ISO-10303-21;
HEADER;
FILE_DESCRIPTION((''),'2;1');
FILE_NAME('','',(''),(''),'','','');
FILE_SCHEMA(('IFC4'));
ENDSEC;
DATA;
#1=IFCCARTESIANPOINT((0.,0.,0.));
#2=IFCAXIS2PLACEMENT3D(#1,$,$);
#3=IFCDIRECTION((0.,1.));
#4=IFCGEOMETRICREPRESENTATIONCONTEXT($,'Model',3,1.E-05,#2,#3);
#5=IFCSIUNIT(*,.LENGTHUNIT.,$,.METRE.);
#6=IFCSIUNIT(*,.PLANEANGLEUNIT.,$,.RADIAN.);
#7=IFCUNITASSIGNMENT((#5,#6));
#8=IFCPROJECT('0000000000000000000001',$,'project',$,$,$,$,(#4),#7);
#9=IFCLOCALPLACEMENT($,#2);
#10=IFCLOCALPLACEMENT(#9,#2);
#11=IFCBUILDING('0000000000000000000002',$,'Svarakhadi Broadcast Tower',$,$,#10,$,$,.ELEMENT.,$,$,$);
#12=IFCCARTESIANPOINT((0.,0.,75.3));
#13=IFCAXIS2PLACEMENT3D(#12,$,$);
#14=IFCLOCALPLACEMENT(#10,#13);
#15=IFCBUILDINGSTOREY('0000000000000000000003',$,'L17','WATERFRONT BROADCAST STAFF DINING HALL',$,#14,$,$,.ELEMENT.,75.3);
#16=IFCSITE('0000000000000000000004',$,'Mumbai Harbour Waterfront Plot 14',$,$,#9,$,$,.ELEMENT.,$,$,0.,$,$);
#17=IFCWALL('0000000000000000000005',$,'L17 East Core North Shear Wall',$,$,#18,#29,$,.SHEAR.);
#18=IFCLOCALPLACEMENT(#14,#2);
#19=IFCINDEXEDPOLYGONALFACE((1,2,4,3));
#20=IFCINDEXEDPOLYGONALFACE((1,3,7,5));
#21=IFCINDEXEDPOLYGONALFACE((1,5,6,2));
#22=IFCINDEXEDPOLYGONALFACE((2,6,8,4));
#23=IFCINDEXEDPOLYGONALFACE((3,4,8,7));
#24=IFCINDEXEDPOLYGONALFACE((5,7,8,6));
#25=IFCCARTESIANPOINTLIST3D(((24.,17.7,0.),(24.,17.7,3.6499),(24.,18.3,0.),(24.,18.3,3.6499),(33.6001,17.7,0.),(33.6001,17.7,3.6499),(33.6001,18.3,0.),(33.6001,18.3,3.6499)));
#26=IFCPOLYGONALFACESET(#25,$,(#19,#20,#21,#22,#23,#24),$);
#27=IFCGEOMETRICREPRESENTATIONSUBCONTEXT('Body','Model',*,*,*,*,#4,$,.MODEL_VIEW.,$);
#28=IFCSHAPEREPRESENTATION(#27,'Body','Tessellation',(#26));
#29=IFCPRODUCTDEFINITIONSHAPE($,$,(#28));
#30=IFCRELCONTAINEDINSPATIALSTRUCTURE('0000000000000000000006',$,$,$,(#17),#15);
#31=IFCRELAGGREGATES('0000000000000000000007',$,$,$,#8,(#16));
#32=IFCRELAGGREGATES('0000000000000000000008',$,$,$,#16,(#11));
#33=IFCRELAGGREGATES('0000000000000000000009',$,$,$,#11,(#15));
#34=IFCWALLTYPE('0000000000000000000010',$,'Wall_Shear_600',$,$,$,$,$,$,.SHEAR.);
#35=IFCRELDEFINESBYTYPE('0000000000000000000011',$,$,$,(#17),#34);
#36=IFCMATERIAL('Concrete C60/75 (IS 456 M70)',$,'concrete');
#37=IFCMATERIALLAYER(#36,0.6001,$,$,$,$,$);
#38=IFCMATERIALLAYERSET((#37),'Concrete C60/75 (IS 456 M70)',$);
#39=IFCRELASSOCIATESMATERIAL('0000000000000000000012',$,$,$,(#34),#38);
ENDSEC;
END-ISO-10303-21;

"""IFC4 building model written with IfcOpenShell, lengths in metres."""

from ifc_helpers import new_model, si_unit, direction, frame, frame_2d, origin, place, context, subcontext, project, spatial, rectangle, extrude, material, layer, layer_set, type_object, element, save


model = new_model("IFC4")

# Units and contexts
model_context = context("Model", 3, precision=1e-05, world=origin(), true_north=direction((0.0, 1.0)))
body_context = subcontext(model_context, "Body", "Model", "MODEL_VIEW")
ifc_project = project(units=[si_unit("LENGTHUNIT", "METRE"), si_unit("PLANEANGLEUNIT", "RADIAN")], contexts=[model_context])

# Site, building, storey
site_placement = place(None, origin())
site = spatial("IfcSite", under=ifc_project, at=site_placement, Name="Mumbai Harbour Waterfront Plot 14", CompositionType="ELEMENT", RefElevation=0.0)
building_placement = place(site_placement, origin())
building = spatial("IfcBuilding", under=site, at=building_placement, Name="Svarakhadi Broadcast Tower", CompositionType="ELEMENT")
storey_placement = place(building_placement, frame((0.0, 0.0, 75.3)))
storey = spatial("IfcBuildingStorey", under=building, at=storey_placement, Name="L17", Description="WATERFRONT BROADCAST STAFF DINING HALL", CompositionType="ELEMENT", Elevation=75.3)

# Shared definitions
ifc_material_1 = material(Name="Concrete C60/75 (IS 456 M70)", Category="concrete")

# Wall
ifc_layer_1 = layer(ifc_material_1, 0.6001)
ifc_layer_set_1 = layer_set([ifc_layer_1], Name="Concrete C60/75 (IS 456 M70)")
wall_type_1 = type_object("IfcWallType", Name="Wall_Shear_600", PredefinedType="SHEAR", material=ifc_layer_set_1)
for number, where, z_axis, x_axis, name in (
    (1, (24.0, 18.0, 0.0), (0.0, 0.0, 1.0), (1.0, 0.0, 0.0), "L17 East Core North Shear Wall"),
):
    element("IfcWall", number, at=place(storey_placement, frame(where, z_axis=z_axis, x_axis=x_axis)), inside=storey, type_object=wall_type_1, Name=name, PredefinedType="SHEAR", context=body_context, shape_type="SweptSolid", body=[
        extrude(rectangle(XDim=9.6001, YDim=0.6001, at=frame_2d((4.8, 0.0))), origin(), (0.0, 0.0, 1.0), 3.6499),
    ])

save(model, "model.ifc")
